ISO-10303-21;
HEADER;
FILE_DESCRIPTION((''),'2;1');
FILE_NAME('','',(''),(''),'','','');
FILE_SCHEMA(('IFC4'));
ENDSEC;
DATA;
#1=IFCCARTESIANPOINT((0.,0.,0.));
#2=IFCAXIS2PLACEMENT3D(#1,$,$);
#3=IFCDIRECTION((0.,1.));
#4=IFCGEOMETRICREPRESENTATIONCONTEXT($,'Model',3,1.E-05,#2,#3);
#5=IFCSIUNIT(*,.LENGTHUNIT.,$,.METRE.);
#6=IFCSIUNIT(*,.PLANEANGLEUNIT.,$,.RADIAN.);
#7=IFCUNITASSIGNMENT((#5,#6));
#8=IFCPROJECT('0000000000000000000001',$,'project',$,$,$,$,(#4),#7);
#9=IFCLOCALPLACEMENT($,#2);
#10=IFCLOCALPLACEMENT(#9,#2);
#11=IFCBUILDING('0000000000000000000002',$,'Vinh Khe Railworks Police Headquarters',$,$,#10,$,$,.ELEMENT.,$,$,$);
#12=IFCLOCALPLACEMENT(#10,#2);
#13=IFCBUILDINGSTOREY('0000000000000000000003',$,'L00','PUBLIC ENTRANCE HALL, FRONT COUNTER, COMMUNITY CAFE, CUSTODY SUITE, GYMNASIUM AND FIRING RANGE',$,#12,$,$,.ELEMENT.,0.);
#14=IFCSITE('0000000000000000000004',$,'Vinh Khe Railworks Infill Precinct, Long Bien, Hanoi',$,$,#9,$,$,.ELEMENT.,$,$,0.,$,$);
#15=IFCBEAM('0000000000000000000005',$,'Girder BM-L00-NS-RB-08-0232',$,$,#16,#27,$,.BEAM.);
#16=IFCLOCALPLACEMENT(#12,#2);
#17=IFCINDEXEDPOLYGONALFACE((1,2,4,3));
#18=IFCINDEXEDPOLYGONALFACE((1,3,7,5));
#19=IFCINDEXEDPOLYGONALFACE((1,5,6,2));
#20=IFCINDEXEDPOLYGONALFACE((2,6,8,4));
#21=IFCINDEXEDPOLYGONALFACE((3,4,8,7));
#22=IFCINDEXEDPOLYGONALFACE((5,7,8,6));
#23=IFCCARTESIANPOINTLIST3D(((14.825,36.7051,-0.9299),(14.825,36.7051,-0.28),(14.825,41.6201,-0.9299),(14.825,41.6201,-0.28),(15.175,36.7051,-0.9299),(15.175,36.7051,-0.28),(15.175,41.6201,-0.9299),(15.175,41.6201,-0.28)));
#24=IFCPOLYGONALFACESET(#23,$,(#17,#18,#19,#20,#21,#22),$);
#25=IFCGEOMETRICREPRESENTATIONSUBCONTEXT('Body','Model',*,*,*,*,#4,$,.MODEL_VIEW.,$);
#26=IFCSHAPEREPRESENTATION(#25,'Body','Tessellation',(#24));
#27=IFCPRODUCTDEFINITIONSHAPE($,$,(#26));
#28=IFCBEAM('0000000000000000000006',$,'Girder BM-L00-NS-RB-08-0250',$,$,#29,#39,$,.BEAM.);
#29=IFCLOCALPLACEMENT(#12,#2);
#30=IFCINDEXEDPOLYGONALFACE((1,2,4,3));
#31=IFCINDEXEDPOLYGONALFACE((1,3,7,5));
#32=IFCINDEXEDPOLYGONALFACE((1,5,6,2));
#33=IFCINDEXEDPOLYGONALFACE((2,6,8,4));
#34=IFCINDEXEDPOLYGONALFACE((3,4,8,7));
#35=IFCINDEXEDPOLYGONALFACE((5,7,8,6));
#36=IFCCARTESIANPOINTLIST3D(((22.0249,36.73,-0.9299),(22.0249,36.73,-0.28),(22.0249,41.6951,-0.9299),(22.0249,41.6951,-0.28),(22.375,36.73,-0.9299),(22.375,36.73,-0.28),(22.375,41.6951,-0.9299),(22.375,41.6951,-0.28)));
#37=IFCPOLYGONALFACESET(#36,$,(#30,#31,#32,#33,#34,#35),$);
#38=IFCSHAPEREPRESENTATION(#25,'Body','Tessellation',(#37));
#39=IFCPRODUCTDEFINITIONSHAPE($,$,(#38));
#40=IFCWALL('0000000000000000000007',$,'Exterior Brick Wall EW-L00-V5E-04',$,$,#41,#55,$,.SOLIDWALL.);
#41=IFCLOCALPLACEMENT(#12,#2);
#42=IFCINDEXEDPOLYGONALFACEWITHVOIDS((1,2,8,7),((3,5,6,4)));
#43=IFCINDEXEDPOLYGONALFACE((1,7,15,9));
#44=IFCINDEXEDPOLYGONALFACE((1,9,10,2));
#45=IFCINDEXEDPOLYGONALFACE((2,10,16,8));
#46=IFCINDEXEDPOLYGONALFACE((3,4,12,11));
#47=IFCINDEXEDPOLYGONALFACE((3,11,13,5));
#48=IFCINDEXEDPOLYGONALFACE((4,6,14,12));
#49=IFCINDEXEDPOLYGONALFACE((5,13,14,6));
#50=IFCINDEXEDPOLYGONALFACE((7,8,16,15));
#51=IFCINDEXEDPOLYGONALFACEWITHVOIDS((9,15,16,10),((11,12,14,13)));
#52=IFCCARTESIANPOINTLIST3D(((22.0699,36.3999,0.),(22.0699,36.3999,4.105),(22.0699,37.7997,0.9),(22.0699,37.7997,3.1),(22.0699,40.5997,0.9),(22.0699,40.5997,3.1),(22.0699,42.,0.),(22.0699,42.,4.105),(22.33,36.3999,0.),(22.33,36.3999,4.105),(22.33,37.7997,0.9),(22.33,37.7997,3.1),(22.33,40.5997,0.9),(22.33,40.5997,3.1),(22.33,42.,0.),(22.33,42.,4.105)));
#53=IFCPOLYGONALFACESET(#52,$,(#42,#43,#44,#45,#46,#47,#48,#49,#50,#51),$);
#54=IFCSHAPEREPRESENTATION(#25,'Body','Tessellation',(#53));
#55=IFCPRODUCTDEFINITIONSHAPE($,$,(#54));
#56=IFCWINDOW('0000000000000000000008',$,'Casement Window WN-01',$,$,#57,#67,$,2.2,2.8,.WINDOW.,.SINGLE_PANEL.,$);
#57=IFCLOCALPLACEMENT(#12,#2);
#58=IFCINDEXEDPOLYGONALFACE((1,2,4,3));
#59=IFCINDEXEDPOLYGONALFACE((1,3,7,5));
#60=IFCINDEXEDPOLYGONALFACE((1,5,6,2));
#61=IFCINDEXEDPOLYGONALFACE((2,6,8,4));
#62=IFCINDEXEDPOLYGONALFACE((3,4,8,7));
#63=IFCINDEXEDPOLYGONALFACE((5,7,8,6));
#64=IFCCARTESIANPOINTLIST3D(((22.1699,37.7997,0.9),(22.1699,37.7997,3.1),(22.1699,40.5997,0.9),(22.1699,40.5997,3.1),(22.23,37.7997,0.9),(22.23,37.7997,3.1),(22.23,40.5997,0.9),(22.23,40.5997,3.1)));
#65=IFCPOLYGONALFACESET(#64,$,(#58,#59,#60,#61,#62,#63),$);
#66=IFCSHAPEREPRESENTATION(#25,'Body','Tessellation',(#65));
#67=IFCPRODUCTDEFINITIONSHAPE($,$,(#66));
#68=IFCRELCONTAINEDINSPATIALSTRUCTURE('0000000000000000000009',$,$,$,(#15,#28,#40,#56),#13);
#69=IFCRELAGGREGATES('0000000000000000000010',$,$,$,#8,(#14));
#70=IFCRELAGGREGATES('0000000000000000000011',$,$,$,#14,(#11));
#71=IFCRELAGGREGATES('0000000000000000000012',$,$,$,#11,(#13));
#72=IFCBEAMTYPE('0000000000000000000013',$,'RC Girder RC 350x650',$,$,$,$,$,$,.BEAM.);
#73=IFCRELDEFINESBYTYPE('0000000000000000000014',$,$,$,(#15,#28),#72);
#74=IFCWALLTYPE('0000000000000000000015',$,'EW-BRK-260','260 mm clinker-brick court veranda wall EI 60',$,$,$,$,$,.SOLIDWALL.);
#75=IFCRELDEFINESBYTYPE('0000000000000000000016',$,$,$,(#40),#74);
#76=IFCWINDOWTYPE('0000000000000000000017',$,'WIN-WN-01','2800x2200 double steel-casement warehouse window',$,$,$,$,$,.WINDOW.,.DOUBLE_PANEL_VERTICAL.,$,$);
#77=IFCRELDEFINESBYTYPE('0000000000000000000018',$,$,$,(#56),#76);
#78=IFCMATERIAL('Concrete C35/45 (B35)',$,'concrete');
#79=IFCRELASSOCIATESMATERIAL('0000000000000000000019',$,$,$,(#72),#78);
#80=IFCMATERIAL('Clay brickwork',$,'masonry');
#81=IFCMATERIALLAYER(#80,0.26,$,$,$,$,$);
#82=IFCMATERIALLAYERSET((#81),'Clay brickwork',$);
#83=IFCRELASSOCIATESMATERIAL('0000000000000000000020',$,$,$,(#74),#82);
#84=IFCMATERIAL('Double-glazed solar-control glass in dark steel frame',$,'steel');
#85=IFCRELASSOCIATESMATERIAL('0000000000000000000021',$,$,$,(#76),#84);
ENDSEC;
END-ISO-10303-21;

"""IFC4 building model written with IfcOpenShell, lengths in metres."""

from ifc_helpers import new_model, si_unit, direction, frame, frame_2d, origin, origin_2d, place, context, subcontext, project, spatial, rectangle, extrude, material, layer, layer_set, material_profile, profile_set, type_object, element, fill, save


model = new_model("IFC4")

# Units and contexts
model_context = context("Model", 3, precision=1e-05, world=origin(), true_north=direction((0.0, 1.0)))
body_context = subcontext(model_context, "Body", "Model", "MODEL_VIEW")
ifc_project = project(units=[si_unit("LENGTHUNIT", "METRE"), si_unit("PLANEANGLEUNIT", "RADIAN")], contexts=[model_context])

# Site, building, storey
site_placement = place(None, origin())
site = spatial("IfcSite", under=ifc_project, at=site_placement, Name="Vinh Khe Railworks Infill Precinct, Long Bien, Hanoi", CompositionType="ELEMENT", RefElevation=0.0)
building_placement = place(site_placement, origin())
building = spatial("IfcBuilding", under=site, at=building_placement, Name="Vinh Khe Railworks Police Headquarters", CompositionType="ELEMENT")
storey_placement = place(building_placement, origin())
storey = spatial("IfcBuildingStorey", under=building, at=storey_placement, Name="L00", Description="PUBLIC ENTRANCE HALL, FRONT COUNTER, COMMUNITY CAFE, CUSTODY SUITE, GYMNASIUM AND FIRING RANGE", CompositionType="ELEMENT", Elevation=0.0)

# Beams
ifc_material_1 = material(Name="Concrete C35/45 (B35)", Category="concrete")
ifc_material_profile_1 = material_profile(ifc_material_1, rectangle(XDim=0.3501, YDim=0.6499, at=origin_2d()), Name="RC 350x650")
ifc_profile_set_1 = profile_set([ifc_material_profile_1], Name="Concrete C35/45 (B35)")
beam_type_1 = type_object("IfcBeamType", Name="RC Girder RC 350x650", PredefinedType="BEAM", material=ifc_profile_set_1)
beam_1_placement = place(storey_placement, frame((15.0, 36.7051, -0.605), z_axis=(0.0, 1.0, 0.0), x_axis=(-1.0, 0.0, 0.0)))
element("IfcBeam", 1, at=beam_1_placement, inside=storey, type_object=beam_type_1, Name="Girder BM-L00-NS-RB-08-0232", PredefinedType="BEAM", context=body_context, shape_type="SweptSolid", body=[
    extrude(rectangle(XDim=0.3501, YDim=0.6499, at=origin_2d()), origin(), (0.0, 0.0, 1.0), 4.915),
])
beam_2_placement = place(storey_placement, frame((22.2, 36.73, -0.605), z_axis=(0.0, 1.0, 0.0), x_axis=(-1.0, 0.0, 0.0)))
element("IfcBeam", 2, at=beam_2_placement, inside=storey, type_object=beam_type_1, Name="Girder BM-L00-NS-RB-08-0250", PredefinedType="BEAM", context=body_context, shape_type="SweptSolid", body=[
    extrude(rectangle(XDim=0.3501, YDim=0.6499, at=origin_2d()), origin(), (0.0, 0.0, 1.0), 4.9651),
])

# Wall, opening, window
ifc_material_2 = material(Name="Clay brickwork", Category="masonry")
ifc_layer = layer(ifc_material_2, 0.26)
ifc_layer_set = layer_set([ifc_layer], Name="Clay brickwork")
wall_type = type_object("IfcWallType", Name="EW-BRK-260", Description="260 mm clinker-brick court veranda wall EI 60", PredefinedType="SOLIDWALL", material=ifc_layer_set)
wall_placement = place(storey_placement, frame((22.2, 36.3999, 0.0), z_axis=(0.0, 0.0, 1.0), x_axis=(0.0, 1.0, 0.0)))
wall = element("IfcWall", 3, at=wall_placement, inside=storey, type_object=wall_type, Name="Exterior Brick Wall EW-L00-V5E-04", PredefinedType="SOLIDWALL", context=body_context, shape_type="SweptSolid", body=[
    extrude(rectangle(XDim=5.6001, YDim=0.26, at=frame_2d((2.8, 0.0))), origin(), (0.0, 0.0, 1.0), 4.105),
])
opening_placement = place(wall_placement, frame((1.3999, 0.0, 0.8999)))
opening = element("IfcOpeningElement", 4, at=opening_placement, cuts=wall, PredefinedType="OPENING", context=body_context, shape_type="SweptSolid", body=[
    extrude(rectangle(XDim=2.8, YDim=2.2, at=frame_2d((1.3999, 1.1001))), frame((0.0, 0.145, 0.0), z_axis=(0.0, -1.0, 0.0), x_axis=(1.0, 0.0, 0.0)), (0.0, 0.0, 1.0), 0.2898),
])
ifc_material_3 = material(Name="Double-glazed solar-control glass in dark steel frame", Category="steel")
window_type = type_object("IfcWindowType", Name="WIN-WN-01", Description="2800x2200 double steel-casement warehouse window", PartitioningType="DOUBLE_PANEL_VERTICAL", PredefinedType="WINDOW", material=ifc_material_3)
window_placement = place(opening_placement, origin())
window = element("IfcWindow", 5, at=window_placement, inside=storey, type_object=window_type, Name="Casement Window WN-01", OverallHeight=2.2, OverallWidth=2.8, PartitioningType="SINGLE_PANEL", PredefinedType="WINDOW", context=body_context, shape_type="SweptSolid", body=[
    extrude(rectangle(XDim=2.8, YDim=2.2, at=frame_2d((1.3999, 1.1001))), frame((0.0, 0.03, 0.0), z_axis=(0.0, -1.0, 0.0), x_axis=(1.0, 0.0, 0.0)), (0.0, 0.0, 1.0), 0.0601),
])
fill(opening, window)

save(model, "model.ifc")
